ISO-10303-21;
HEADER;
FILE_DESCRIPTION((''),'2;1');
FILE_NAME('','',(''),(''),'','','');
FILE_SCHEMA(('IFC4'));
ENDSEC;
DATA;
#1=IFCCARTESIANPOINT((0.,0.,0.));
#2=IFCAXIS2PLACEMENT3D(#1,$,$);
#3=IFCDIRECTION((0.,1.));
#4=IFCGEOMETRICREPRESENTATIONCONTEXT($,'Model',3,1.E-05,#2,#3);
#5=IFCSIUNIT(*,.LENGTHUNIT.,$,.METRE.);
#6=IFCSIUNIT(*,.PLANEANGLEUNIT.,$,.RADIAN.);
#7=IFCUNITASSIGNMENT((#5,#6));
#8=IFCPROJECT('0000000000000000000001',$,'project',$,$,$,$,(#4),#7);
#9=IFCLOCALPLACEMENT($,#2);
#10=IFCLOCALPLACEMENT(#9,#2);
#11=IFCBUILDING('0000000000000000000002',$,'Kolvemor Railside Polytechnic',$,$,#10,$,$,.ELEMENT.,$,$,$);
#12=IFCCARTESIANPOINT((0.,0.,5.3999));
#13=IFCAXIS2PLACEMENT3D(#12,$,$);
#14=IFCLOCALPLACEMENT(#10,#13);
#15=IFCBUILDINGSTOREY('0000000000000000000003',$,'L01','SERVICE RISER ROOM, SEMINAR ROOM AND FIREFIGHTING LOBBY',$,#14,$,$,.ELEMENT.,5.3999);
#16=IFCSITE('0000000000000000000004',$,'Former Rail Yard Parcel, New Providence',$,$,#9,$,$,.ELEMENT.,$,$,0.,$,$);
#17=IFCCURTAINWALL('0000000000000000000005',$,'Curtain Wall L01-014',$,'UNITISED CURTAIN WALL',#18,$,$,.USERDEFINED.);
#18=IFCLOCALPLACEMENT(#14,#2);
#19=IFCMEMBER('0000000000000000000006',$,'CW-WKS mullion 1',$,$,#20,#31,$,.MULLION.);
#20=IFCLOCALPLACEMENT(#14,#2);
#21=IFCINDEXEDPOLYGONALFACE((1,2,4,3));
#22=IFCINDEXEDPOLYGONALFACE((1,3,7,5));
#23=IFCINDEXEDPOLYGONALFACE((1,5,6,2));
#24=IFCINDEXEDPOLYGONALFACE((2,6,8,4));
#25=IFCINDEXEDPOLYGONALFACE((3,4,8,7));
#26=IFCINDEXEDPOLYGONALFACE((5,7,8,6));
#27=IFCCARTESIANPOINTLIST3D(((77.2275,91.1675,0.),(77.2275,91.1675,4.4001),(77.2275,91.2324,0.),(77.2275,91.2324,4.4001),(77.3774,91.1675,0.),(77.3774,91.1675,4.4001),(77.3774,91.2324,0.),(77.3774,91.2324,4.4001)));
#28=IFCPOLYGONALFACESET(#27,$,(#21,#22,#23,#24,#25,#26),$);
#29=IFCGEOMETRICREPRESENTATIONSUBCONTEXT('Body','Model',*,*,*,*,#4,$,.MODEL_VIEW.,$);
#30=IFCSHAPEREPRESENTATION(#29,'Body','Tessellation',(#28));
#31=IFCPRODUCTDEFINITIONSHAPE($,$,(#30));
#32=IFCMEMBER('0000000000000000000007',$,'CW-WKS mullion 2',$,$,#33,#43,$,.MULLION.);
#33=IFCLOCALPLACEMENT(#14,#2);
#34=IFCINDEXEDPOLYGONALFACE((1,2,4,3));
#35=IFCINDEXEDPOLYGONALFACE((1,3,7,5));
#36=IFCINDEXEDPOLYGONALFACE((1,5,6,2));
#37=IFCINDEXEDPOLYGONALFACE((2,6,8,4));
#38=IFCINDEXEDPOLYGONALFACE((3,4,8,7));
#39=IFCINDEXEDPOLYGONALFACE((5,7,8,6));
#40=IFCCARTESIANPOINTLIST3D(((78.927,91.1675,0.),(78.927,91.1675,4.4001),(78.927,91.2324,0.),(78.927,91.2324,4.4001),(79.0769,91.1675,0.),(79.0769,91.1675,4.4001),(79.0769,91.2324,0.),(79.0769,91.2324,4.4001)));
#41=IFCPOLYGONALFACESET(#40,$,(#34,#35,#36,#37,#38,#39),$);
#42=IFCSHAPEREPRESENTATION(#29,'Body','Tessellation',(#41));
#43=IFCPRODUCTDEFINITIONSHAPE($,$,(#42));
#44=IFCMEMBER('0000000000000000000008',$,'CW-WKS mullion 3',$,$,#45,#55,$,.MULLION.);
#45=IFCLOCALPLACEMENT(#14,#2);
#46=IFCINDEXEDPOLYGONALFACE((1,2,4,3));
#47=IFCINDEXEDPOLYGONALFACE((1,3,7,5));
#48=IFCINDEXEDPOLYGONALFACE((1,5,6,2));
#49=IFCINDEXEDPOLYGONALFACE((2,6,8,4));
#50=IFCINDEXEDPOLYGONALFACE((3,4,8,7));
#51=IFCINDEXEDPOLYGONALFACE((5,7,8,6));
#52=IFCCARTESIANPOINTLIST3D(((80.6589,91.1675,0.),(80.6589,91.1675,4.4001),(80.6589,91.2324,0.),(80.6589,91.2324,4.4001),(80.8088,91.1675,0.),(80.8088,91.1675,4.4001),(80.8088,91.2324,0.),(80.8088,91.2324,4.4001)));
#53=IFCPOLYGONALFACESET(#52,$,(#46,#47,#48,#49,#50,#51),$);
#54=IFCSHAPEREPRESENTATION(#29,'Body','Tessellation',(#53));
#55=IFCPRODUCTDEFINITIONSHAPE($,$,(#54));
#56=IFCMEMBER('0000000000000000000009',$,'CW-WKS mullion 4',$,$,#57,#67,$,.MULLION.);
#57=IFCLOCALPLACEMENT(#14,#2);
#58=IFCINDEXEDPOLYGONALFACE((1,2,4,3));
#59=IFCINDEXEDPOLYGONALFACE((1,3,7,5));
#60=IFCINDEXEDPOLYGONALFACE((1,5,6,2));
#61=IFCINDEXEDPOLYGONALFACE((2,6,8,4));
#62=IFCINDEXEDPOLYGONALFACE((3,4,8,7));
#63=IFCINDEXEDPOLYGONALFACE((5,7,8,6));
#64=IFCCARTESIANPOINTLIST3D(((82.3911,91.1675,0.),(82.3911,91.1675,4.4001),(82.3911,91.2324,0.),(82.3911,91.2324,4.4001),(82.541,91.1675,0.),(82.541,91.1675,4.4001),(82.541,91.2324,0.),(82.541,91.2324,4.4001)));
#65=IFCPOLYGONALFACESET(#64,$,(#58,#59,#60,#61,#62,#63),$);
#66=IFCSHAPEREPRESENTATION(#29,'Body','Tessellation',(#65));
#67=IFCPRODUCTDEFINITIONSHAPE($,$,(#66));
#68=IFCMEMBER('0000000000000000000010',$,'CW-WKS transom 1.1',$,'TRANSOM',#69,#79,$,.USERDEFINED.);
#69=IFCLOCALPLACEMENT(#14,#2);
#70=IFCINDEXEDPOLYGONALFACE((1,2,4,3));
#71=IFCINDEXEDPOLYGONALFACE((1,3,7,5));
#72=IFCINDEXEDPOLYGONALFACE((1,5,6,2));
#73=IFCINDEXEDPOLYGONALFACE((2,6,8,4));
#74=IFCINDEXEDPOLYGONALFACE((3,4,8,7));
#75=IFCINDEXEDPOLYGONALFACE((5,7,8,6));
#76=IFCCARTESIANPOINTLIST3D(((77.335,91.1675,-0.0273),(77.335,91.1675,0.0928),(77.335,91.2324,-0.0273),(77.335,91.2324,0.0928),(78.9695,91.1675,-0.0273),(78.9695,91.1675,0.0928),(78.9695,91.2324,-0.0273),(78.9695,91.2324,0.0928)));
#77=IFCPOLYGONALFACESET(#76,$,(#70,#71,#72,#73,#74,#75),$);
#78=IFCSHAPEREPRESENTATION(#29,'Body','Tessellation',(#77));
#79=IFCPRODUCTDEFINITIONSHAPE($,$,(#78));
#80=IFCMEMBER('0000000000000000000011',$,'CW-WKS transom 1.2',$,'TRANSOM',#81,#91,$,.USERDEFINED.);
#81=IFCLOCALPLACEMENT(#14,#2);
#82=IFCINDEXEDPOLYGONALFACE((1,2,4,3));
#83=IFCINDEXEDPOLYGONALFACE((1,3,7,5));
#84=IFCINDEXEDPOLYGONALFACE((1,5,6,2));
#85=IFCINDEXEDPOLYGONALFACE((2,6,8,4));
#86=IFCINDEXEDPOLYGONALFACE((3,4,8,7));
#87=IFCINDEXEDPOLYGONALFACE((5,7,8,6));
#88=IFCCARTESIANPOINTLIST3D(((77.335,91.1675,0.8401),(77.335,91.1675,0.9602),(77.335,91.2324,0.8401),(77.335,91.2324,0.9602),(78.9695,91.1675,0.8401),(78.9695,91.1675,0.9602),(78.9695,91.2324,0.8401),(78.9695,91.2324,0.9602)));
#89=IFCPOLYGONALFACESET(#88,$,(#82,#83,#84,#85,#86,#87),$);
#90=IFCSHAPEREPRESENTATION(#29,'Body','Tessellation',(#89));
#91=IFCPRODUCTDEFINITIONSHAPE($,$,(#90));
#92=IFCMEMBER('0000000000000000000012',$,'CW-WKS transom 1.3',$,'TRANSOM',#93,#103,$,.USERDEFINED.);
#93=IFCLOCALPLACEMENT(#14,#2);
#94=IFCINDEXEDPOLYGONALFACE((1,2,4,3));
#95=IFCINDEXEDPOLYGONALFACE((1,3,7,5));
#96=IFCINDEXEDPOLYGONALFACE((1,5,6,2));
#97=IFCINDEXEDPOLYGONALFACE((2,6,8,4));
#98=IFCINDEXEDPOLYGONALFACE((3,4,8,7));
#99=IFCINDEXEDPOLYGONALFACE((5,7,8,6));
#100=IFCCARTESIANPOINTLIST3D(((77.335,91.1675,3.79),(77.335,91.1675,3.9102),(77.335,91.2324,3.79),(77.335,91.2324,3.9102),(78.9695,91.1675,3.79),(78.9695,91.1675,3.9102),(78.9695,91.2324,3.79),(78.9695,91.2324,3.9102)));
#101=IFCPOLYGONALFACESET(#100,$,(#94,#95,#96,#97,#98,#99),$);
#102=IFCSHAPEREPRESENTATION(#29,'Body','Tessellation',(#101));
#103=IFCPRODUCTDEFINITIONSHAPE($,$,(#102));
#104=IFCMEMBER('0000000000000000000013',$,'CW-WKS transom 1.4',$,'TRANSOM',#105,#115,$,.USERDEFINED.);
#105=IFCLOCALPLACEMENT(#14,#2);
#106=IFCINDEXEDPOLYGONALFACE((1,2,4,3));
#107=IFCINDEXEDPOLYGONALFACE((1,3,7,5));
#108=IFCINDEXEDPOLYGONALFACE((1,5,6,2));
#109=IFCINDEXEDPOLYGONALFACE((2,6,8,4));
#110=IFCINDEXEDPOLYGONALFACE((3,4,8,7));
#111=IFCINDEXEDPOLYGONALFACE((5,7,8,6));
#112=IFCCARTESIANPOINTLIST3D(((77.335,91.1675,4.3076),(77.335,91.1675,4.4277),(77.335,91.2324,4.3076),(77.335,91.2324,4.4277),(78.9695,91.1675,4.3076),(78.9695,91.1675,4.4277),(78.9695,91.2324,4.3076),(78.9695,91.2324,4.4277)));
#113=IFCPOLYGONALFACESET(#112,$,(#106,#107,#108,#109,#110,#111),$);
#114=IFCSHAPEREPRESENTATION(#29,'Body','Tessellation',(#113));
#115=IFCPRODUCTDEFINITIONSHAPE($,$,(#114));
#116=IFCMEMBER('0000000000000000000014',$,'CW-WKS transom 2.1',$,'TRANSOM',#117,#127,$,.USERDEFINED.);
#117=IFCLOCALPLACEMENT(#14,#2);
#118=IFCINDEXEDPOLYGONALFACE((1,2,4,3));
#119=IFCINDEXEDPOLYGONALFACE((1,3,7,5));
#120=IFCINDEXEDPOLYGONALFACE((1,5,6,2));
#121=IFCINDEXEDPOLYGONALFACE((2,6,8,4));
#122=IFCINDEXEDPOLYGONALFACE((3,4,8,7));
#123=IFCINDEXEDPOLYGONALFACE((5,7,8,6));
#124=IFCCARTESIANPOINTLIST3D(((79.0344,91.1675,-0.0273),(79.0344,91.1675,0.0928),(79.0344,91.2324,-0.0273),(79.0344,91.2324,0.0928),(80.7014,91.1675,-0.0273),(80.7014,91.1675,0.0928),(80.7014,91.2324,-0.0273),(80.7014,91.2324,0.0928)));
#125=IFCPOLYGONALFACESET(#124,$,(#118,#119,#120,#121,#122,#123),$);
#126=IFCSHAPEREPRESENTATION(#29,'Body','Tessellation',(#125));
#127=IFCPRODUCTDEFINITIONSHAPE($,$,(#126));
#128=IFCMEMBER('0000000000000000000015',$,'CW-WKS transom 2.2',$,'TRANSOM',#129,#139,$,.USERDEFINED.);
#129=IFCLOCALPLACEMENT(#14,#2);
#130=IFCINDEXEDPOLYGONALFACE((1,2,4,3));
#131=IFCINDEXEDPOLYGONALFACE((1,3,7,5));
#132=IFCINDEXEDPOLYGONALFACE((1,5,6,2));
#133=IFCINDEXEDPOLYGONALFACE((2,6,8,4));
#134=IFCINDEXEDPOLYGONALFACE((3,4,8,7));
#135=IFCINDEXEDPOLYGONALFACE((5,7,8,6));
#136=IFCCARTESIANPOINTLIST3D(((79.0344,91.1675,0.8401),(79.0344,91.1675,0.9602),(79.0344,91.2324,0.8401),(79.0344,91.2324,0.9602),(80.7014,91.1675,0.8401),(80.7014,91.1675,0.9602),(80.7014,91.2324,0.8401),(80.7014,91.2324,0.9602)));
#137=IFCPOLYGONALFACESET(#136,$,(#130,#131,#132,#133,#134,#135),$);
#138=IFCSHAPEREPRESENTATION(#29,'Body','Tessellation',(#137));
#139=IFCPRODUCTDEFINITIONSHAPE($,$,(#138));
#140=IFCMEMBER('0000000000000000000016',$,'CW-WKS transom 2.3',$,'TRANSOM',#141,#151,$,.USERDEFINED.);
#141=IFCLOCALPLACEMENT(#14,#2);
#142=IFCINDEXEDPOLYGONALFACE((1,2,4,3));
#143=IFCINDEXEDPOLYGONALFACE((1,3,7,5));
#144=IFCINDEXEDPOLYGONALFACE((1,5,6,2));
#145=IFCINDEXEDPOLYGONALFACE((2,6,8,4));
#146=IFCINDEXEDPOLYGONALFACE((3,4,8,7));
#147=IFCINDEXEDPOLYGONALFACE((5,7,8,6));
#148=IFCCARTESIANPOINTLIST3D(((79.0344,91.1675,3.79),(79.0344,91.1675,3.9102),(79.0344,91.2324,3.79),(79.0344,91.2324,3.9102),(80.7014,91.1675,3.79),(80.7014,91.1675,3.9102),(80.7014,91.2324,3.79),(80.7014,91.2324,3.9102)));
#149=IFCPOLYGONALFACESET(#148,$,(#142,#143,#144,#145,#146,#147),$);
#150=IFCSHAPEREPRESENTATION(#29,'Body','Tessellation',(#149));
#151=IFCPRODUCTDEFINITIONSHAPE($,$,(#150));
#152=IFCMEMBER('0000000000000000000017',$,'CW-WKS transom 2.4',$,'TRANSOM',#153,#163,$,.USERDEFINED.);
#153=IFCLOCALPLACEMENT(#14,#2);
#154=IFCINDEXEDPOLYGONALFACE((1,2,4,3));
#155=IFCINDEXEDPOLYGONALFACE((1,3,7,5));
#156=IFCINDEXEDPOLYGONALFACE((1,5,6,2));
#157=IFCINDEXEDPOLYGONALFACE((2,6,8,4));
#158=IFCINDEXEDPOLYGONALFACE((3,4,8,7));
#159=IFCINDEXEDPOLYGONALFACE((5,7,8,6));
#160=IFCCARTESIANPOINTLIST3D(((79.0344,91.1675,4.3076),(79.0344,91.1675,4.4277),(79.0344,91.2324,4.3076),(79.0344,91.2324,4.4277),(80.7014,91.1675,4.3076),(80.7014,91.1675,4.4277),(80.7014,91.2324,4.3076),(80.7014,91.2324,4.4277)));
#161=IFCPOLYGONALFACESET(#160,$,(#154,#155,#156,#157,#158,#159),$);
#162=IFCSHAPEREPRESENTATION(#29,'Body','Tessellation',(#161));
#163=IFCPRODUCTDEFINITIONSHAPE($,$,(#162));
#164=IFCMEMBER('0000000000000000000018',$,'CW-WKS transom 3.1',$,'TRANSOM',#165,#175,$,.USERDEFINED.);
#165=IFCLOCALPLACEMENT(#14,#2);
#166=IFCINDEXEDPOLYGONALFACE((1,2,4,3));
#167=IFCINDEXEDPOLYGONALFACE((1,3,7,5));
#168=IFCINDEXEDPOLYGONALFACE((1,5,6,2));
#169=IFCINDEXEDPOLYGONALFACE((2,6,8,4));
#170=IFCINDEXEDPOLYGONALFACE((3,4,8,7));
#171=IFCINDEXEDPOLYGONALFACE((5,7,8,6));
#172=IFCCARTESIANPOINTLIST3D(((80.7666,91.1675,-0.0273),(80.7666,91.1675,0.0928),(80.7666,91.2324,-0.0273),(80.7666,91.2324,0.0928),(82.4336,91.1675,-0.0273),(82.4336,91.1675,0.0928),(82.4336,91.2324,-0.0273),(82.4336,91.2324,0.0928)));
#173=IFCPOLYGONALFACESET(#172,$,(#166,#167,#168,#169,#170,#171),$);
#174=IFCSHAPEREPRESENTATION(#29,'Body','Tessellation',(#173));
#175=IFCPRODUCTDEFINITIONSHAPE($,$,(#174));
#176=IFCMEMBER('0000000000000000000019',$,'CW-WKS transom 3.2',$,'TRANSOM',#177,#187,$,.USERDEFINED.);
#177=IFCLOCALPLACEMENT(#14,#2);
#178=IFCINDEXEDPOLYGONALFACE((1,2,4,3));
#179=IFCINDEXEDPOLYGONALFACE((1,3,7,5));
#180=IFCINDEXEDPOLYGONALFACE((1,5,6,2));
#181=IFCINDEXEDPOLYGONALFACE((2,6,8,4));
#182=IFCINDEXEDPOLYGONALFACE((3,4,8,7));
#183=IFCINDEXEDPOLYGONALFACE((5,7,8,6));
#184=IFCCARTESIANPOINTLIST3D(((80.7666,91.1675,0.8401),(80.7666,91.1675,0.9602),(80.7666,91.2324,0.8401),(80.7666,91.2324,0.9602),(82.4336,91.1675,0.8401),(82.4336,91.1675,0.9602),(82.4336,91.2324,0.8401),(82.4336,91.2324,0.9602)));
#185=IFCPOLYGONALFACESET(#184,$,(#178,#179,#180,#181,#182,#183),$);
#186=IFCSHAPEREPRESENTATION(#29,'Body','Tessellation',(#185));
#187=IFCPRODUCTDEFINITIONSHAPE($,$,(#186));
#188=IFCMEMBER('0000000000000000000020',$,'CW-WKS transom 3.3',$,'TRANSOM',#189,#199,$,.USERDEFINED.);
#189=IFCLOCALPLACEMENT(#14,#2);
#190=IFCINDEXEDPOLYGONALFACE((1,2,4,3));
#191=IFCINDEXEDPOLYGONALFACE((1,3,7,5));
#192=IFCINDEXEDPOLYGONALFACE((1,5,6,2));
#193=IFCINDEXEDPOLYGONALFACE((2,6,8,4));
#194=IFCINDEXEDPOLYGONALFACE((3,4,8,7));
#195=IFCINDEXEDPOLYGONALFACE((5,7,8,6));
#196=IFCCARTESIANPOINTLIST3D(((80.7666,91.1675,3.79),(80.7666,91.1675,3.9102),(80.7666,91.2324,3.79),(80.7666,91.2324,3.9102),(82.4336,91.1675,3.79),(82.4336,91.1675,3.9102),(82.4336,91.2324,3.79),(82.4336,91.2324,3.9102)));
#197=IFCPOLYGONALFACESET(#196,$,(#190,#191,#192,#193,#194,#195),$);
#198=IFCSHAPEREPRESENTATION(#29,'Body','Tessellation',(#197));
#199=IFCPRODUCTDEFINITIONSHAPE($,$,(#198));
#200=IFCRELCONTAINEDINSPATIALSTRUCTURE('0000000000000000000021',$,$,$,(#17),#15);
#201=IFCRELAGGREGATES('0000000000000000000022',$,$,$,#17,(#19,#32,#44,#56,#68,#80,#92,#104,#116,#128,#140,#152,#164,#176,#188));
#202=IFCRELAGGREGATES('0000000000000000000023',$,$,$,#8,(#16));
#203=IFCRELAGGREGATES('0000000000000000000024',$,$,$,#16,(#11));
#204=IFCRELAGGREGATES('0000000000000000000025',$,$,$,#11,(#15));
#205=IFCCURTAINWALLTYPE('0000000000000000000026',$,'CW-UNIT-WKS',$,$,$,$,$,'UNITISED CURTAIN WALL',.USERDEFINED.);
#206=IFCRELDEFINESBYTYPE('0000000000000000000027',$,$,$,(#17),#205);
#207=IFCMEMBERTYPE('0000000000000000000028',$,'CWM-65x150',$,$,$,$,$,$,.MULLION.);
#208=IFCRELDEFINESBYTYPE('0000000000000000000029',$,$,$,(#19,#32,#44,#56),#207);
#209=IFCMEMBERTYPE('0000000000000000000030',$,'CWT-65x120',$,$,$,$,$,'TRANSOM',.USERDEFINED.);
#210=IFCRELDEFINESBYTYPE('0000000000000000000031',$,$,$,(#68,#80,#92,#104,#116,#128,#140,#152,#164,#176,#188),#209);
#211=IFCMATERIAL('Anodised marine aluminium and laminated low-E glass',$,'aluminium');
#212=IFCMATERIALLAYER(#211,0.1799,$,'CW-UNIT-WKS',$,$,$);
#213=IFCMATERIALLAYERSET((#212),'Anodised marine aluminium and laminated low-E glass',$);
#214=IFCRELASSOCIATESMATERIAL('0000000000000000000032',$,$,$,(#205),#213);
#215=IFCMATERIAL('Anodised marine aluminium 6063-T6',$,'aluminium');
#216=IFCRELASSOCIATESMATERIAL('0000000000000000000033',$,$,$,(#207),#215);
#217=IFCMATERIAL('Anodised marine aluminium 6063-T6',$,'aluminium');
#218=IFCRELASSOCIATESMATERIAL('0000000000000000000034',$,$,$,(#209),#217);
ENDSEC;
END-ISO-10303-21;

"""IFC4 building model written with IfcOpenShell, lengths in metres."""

from ifc_helpers import new_model, si_unit, direction, frame, origin, origin_2d, place, context, subcontext, project, spatial, rectangle, extrude, material, layer, layer_set, material_profile, profile_set, type_object, element, aggregate, save


model = new_model("IFC4")

# Units and contexts
model_context = context("Model", 3, precision=1e-05, world=origin(), true_north=direction((0.0, 1.0)))
body_context = subcontext(model_context, "Body", "Model", "MODEL_VIEW")
ifc_project = project(units=[si_unit("LENGTHUNIT", "METRE"), si_unit("PLANEANGLEUNIT", "RADIAN")], contexts=[model_context])

# Site, building, storey
site_placement = place(None, origin())
site = spatial("IfcSite", under=ifc_project, at=site_placement, Name="Former Rail Yard Parcel, New Providence", CompositionType="ELEMENT", RefElevation=0.0)
building_placement = place(site_placement, origin())
building = spatial("IfcBuilding", under=site, at=building_placement, Name="Kolvemor Railside Polytechnic", CompositionType="ELEMENT")
storey_placement = place(building_placement, frame((0.0, 0.0, 5.3999)))
storey = spatial("IfcBuildingStorey", under=building, at=storey_placement, Name="L01", Description="SERVICE RISER ROOM, SEMINAR ROOM AND FIREFIGHTING LOBBY", CompositionType="ELEMENT", Elevation=5.3999)

# Curtain wall, members
ifc_material_1 = material(Name="Anodised marine aluminium and laminated low-E glass", Category="aluminium")
ifc_layer_1 = layer(ifc_material_1, 0.1799, Name="CW-UNIT-WKS")
ifc_layer_set_1 = layer_set([ifc_layer_1], Name="Anodised marine aluminium and laminated low-E glass")
curtain_wall_type = type_object("IfcCurtainWallType", Name="CW-UNIT-WKS", ElementType="UNITISED CURTAIN WALL", PredefinedType="USERDEFINED", material=ifc_layer_set_1)
curtain_wall_placement = place(storey_placement, origin())
curtain_wall = element("IfcCurtainWall", 1, at=curtain_wall_placement, inside=storey, type_object=curtain_wall_type, Name="Curtain Wall L01-014", ObjectType="UNITISED CURTAIN WALL", PredefinedType="USERDEFINED")
ifc_material_2 = material(Name="Anodised marine aluminium 6063-T6", Category="aluminium")
ifc_material_profile_1 = material_profile(ifc_material_2, rectangle(XDim=0.0649, YDim=0.1499, at=origin_2d()), Name="CW-MUL-65x150")
ifc_profile_set_1 = profile_set([ifc_material_profile_1], Name="Anodised marine aluminium 6063-T6")
member_type_1 = type_object("IfcMemberType", Name="CWM-65x150", PredefinedType="MULLION", material=ifc_profile_set_1)
member_1_placement = place(storey_placement, frame((77.3025, 91.2, 0.0), z_axis=(0.0, 0.0, 1.0), x_axis=(0.0, 1.0, 0.0)))
member_1 = element("IfcMember", 2, at=member_1_placement, type_object=member_type_1, Name="CW-WKS mullion 1", PredefinedType="MULLION", context=body_context, shape_type="SweptSolid", body=[
    extrude(rectangle(XDim=0.0649, YDim=0.1499, at=origin_2d()), origin(), (0.0, 0.0, 1.0), 4.4001),
])
member_2_placement = place(storey_placement, frame((79.002, 91.2, 0.0), z_axis=(0.0, 0.0, 1.0), x_axis=(0.0, 1.0, 0.0)))
member_2 = element("IfcMember", 3, at=member_2_placement, type_object=member_type_1, Name="CW-WKS mullion 2", PredefinedType="MULLION", context=body_context, shape_type="SweptSolid", body=[
    extrude(rectangle(XDim=0.0649, YDim=0.1499, at=origin_2d()), origin(), (0.0, 0.0, 1.0), 4.4001),
])
member_3_placement = place(storey_placement, frame((80.7339, 91.2, 0.0), z_axis=(0.0, 0.0, 1.0), x_axis=(0.0, 1.0, 0.0)))
member_3 = element("IfcMember", 4, at=member_3_placement, type_object=member_type_1, Name="CW-WKS mullion 3", PredefinedType="MULLION", context=body_context, shape_type="SweptSolid", body=[
    extrude(rectangle(XDim=0.0649, YDim=0.1499, at=origin_2d()), origin(), (0.0, 0.0, 1.0), 4.4001),
])
member_4_placement = place(storey_placement, frame((82.4661, 91.2, 0.0), z_axis=(0.0, 0.0, 1.0), x_axis=(0.0, 1.0, 0.0)))
member_4 = element("IfcMember", 5, at=member_4_placement, type_object=member_type_1, Name="CW-WKS mullion 4", PredefinedType="MULLION", context=body_context, shape_type="SweptSolid", body=[
    extrude(rectangle(XDim=0.0649, YDim=0.1499, at=origin_2d()), origin(), (0.0, 0.0, 1.0), 4.4001),
])
ifc_material_3 = material(Name="Anodised marine aluminium 6063-T6", Category="aluminium")
ifc_material_profile_2 = material_profile(ifc_material_3, rectangle(XDim=0.0649, YDim=0.1201, at=origin_2d()), Name="CW-TRN-65x120")
ifc_profile_set_2 = profile_set([ifc_material_profile_2], Name="Anodised marine aluminium 6063-T6")
member_type_2 = type_object("IfcMemberType", Name="CWT-65x120", ElementType="TRANSOM", PredefinedType="USERDEFINED", material=ifc_profile_set_2)
member_5_placement = place(storey_placement, frame((77.335, 91.2, 0.0327), z_axis=(1.0, 0.0, 0.0), x_axis=(0.0, 1.0, 0.0)))
member_5 = element("IfcMember", 6, at=member_5_placement, type_object=member_type_2, Name="CW-WKS transom 1.1", ObjectType="TRANSOM", PredefinedType="USERDEFINED", context=body_context, shape_type="SweptSolid", body=[
    extrude(rectangle(XDim=0.0649, YDim=0.1201, at=origin_2d()), origin(), (0.0, 0.0, 1.0), 1.6345),
])
member_6_placement = place(storey_placement, frame((77.335, 91.2, 0.9001), z_axis=(1.0, 0.0, 0.0), x_axis=(0.0, 1.0, 0.0)))
member_6 = element("IfcMember", 7, at=member_6_placement, type_object=member_type_2, Name="CW-WKS transom 1.2", ObjectType="TRANSOM", PredefinedType="USERDEFINED", context=body_context, shape_type="SweptSolid", body=[
    extrude(rectangle(XDim=0.0649, YDim=0.1201, at=origin_2d()), origin(), (0.0, 0.0, 1.0), 1.6345),
])
member_7_placement = place(storey_placement, frame((77.335, 91.2, 3.8501), z_axis=(1.0, 0.0, 0.0), x_axis=(0.0, 1.0, 0.0)))
member_7 = element("IfcMember", 8, at=member_7_placement, type_object=member_type_2, Name="CW-WKS transom 1.3", ObjectType="TRANSOM", PredefinedType="USERDEFINED", context=body_context, shape_type="SweptSolid", body=[
    extrude(rectangle(XDim=0.0649, YDim=0.1201, at=origin_2d()), origin(), (0.0, 0.0, 1.0), 1.6345),
])
member_8_placement = place(storey_placement, frame((77.335, 91.2, 4.3677), z_axis=(1.0, 0.0, 0.0), x_axis=(0.0, 1.0, 0.0)))
member_8 = element("IfcMember", 9, at=member_8_placement, type_object=member_type_2, Name="CW-WKS transom 1.4", ObjectType="TRANSOM", PredefinedType="USERDEFINED", context=body_context, shape_type="SweptSolid", body=[
    extrude(rectangle(XDim=0.0649, YDim=0.1201, at=origin_2d()), origin(), (0.0, 0.0, 1.0), 1.6345),
])
member_9_placement = place(storey_placement, frame((79.0344, 91.2, 0.0327), z_axis=(1.0, 0.0, 0.0), x_axis=(0.0, 1.0, 0.0)))
member_9 = element("IfcMember", 10, at=member_9_placement, type_object=member_type_2, Name="CW-WKS transom 2.1", ObjectType="TRANSOM", PredefinedType="USERDEFINED", context=body_context, shape_type="SweptSolid", body=[
    extrude(rectangle(XDim=0.0649, YDim=0.1201, at=origin_2d()), origin(), (0.0, 0.0, 1.0), 1.667),
])
member_10_placement = place(storey_placement, frame((79.0344, 91.2, 0.9001), z_axis=(1.0, 0.0, 0.0), x_axis=(0.0, 1.0, 0.0)))
member_10 = element("IfcMember", 11, at=member_10_placement, type_object=member_type_2, Name="CW-WKS transom 2.2", ObjectType="TRANSOM", PredefinedType="USERDEFINED", context=body_context, shape_type="SweptSolid", body=[
    extrude(rectangle(XDim=0.0649, YDim=0.1201, at=origin_2d()), origin(), (0.0, 0.0, 1.0), 1.667),
])
member_11_placement = place(storey_placement, frame((79.0344, 91.2, 3.8501), z_axis=(1.0, 0.0, 0.0), x_axis=(0.0, 1.0, 0.0)))
member_11 = element("IfcMember", 12, at=member_11_placement, type_object=member_type_2, Name="CW-WKS transom 2.3", ObjectType="TRANSOM", PredefinedType="USERDEFINED", context=body_context, shape_type="SweptSolid", body=[
    extrude(rectangle(XDim=0.0649, YDim=0.1201, at=origin_2d()), origin(), (0.0, 0.0, 1.0), 1.667),
])
member_12_placement = place(storey_placement, frame((79.0344, 91.2, 4.3677), z_axis=(1.0, 0.0, 0.0), x_axis=(0.0, 1.0, 0.0)))
member_12 = element("IfcMember", 13, at=member_12_placement, type_object=member_type_2, Name="CW-WKS transom 2.4", ObjectType="TRANSOM", PredefinedType="USERDEFINED", context=body_context, shape_type="SweptSolid", body=[
    extrude(rectangle(XDim=0.0649, YDim=0.1201, at=origin_2d()), origin(), (0.0, 0.0, 1.0), 1.667),
])
member_13_placement = place(storey_placement, frame((80.7666, 91.2, 0.0327), z_axis=(1.0, 0.0, 0.0), x_axis=(0.0, 1.0, 0.0)))
member_13 = element("IfcMember", 14, at=member_13_placement, type_object=member_type_2, Name="CW-WKS transom 3.1", ObjectType="TRANSOM", PredefinedType="USERDEFINED", context=body_context, shape_type="SweptSolid", body=[
    extrude(rectangle(XDim=0.0649, YDim=0.1201, at=origin_2d()), origin(), (0.0, 0.0, 1.0), 1.667),
])
member_14_placement = place(storey_placement, frame((80.7666, 91.2, 0.9001), z_axis=(1.0, 0.0, 0.0), x_axis=(0.0, 1.0, 0.0)))
member_14 = element("IfcMember", 15, at=member_14_placement, type_object=member_type_2, Name="CW-WKS transom 3.2", ObjectType="TRANSOM", PredefinedType="USERDEFINED", context=body_context, shape_type="SweptSolid", body=[
    extrude(rectangle(XDim=0.0649, YDim=0.1201, at=origin_2d()), origin(), (0.0, 0.0, 1.0), 1.667),
])
member_15_placement = place(storey_placement, frame((80.7666, 91.2, 3.8501), z_axis=(1.0, 0.0, 0.0), x_axis=(0.0, 1.0, 0.0)))
member_15 = element("IfcMember", 16, at=member_15_placement, type_object=member_type_2, Name="CW-WKS transom 3.3", ObjectType="TRANSOM", PredefinedType="USERDEFINED", context=body_context, shape_type="SweptSolid", body=[
    extrude(rectangle(XDim=0.0649, YDim=0.1201, at=origin_2d()), origin(), (0.0, 0.0, 1.0), 1.667),
])
aggregate(curtain_wall, [member_1, member_2, member_3, member_4, member_5, member_6, member_7, member_8, member_9, member_10, member_11, member_12, member_13, member_14, member_15])

save(model, "model.ifc")
